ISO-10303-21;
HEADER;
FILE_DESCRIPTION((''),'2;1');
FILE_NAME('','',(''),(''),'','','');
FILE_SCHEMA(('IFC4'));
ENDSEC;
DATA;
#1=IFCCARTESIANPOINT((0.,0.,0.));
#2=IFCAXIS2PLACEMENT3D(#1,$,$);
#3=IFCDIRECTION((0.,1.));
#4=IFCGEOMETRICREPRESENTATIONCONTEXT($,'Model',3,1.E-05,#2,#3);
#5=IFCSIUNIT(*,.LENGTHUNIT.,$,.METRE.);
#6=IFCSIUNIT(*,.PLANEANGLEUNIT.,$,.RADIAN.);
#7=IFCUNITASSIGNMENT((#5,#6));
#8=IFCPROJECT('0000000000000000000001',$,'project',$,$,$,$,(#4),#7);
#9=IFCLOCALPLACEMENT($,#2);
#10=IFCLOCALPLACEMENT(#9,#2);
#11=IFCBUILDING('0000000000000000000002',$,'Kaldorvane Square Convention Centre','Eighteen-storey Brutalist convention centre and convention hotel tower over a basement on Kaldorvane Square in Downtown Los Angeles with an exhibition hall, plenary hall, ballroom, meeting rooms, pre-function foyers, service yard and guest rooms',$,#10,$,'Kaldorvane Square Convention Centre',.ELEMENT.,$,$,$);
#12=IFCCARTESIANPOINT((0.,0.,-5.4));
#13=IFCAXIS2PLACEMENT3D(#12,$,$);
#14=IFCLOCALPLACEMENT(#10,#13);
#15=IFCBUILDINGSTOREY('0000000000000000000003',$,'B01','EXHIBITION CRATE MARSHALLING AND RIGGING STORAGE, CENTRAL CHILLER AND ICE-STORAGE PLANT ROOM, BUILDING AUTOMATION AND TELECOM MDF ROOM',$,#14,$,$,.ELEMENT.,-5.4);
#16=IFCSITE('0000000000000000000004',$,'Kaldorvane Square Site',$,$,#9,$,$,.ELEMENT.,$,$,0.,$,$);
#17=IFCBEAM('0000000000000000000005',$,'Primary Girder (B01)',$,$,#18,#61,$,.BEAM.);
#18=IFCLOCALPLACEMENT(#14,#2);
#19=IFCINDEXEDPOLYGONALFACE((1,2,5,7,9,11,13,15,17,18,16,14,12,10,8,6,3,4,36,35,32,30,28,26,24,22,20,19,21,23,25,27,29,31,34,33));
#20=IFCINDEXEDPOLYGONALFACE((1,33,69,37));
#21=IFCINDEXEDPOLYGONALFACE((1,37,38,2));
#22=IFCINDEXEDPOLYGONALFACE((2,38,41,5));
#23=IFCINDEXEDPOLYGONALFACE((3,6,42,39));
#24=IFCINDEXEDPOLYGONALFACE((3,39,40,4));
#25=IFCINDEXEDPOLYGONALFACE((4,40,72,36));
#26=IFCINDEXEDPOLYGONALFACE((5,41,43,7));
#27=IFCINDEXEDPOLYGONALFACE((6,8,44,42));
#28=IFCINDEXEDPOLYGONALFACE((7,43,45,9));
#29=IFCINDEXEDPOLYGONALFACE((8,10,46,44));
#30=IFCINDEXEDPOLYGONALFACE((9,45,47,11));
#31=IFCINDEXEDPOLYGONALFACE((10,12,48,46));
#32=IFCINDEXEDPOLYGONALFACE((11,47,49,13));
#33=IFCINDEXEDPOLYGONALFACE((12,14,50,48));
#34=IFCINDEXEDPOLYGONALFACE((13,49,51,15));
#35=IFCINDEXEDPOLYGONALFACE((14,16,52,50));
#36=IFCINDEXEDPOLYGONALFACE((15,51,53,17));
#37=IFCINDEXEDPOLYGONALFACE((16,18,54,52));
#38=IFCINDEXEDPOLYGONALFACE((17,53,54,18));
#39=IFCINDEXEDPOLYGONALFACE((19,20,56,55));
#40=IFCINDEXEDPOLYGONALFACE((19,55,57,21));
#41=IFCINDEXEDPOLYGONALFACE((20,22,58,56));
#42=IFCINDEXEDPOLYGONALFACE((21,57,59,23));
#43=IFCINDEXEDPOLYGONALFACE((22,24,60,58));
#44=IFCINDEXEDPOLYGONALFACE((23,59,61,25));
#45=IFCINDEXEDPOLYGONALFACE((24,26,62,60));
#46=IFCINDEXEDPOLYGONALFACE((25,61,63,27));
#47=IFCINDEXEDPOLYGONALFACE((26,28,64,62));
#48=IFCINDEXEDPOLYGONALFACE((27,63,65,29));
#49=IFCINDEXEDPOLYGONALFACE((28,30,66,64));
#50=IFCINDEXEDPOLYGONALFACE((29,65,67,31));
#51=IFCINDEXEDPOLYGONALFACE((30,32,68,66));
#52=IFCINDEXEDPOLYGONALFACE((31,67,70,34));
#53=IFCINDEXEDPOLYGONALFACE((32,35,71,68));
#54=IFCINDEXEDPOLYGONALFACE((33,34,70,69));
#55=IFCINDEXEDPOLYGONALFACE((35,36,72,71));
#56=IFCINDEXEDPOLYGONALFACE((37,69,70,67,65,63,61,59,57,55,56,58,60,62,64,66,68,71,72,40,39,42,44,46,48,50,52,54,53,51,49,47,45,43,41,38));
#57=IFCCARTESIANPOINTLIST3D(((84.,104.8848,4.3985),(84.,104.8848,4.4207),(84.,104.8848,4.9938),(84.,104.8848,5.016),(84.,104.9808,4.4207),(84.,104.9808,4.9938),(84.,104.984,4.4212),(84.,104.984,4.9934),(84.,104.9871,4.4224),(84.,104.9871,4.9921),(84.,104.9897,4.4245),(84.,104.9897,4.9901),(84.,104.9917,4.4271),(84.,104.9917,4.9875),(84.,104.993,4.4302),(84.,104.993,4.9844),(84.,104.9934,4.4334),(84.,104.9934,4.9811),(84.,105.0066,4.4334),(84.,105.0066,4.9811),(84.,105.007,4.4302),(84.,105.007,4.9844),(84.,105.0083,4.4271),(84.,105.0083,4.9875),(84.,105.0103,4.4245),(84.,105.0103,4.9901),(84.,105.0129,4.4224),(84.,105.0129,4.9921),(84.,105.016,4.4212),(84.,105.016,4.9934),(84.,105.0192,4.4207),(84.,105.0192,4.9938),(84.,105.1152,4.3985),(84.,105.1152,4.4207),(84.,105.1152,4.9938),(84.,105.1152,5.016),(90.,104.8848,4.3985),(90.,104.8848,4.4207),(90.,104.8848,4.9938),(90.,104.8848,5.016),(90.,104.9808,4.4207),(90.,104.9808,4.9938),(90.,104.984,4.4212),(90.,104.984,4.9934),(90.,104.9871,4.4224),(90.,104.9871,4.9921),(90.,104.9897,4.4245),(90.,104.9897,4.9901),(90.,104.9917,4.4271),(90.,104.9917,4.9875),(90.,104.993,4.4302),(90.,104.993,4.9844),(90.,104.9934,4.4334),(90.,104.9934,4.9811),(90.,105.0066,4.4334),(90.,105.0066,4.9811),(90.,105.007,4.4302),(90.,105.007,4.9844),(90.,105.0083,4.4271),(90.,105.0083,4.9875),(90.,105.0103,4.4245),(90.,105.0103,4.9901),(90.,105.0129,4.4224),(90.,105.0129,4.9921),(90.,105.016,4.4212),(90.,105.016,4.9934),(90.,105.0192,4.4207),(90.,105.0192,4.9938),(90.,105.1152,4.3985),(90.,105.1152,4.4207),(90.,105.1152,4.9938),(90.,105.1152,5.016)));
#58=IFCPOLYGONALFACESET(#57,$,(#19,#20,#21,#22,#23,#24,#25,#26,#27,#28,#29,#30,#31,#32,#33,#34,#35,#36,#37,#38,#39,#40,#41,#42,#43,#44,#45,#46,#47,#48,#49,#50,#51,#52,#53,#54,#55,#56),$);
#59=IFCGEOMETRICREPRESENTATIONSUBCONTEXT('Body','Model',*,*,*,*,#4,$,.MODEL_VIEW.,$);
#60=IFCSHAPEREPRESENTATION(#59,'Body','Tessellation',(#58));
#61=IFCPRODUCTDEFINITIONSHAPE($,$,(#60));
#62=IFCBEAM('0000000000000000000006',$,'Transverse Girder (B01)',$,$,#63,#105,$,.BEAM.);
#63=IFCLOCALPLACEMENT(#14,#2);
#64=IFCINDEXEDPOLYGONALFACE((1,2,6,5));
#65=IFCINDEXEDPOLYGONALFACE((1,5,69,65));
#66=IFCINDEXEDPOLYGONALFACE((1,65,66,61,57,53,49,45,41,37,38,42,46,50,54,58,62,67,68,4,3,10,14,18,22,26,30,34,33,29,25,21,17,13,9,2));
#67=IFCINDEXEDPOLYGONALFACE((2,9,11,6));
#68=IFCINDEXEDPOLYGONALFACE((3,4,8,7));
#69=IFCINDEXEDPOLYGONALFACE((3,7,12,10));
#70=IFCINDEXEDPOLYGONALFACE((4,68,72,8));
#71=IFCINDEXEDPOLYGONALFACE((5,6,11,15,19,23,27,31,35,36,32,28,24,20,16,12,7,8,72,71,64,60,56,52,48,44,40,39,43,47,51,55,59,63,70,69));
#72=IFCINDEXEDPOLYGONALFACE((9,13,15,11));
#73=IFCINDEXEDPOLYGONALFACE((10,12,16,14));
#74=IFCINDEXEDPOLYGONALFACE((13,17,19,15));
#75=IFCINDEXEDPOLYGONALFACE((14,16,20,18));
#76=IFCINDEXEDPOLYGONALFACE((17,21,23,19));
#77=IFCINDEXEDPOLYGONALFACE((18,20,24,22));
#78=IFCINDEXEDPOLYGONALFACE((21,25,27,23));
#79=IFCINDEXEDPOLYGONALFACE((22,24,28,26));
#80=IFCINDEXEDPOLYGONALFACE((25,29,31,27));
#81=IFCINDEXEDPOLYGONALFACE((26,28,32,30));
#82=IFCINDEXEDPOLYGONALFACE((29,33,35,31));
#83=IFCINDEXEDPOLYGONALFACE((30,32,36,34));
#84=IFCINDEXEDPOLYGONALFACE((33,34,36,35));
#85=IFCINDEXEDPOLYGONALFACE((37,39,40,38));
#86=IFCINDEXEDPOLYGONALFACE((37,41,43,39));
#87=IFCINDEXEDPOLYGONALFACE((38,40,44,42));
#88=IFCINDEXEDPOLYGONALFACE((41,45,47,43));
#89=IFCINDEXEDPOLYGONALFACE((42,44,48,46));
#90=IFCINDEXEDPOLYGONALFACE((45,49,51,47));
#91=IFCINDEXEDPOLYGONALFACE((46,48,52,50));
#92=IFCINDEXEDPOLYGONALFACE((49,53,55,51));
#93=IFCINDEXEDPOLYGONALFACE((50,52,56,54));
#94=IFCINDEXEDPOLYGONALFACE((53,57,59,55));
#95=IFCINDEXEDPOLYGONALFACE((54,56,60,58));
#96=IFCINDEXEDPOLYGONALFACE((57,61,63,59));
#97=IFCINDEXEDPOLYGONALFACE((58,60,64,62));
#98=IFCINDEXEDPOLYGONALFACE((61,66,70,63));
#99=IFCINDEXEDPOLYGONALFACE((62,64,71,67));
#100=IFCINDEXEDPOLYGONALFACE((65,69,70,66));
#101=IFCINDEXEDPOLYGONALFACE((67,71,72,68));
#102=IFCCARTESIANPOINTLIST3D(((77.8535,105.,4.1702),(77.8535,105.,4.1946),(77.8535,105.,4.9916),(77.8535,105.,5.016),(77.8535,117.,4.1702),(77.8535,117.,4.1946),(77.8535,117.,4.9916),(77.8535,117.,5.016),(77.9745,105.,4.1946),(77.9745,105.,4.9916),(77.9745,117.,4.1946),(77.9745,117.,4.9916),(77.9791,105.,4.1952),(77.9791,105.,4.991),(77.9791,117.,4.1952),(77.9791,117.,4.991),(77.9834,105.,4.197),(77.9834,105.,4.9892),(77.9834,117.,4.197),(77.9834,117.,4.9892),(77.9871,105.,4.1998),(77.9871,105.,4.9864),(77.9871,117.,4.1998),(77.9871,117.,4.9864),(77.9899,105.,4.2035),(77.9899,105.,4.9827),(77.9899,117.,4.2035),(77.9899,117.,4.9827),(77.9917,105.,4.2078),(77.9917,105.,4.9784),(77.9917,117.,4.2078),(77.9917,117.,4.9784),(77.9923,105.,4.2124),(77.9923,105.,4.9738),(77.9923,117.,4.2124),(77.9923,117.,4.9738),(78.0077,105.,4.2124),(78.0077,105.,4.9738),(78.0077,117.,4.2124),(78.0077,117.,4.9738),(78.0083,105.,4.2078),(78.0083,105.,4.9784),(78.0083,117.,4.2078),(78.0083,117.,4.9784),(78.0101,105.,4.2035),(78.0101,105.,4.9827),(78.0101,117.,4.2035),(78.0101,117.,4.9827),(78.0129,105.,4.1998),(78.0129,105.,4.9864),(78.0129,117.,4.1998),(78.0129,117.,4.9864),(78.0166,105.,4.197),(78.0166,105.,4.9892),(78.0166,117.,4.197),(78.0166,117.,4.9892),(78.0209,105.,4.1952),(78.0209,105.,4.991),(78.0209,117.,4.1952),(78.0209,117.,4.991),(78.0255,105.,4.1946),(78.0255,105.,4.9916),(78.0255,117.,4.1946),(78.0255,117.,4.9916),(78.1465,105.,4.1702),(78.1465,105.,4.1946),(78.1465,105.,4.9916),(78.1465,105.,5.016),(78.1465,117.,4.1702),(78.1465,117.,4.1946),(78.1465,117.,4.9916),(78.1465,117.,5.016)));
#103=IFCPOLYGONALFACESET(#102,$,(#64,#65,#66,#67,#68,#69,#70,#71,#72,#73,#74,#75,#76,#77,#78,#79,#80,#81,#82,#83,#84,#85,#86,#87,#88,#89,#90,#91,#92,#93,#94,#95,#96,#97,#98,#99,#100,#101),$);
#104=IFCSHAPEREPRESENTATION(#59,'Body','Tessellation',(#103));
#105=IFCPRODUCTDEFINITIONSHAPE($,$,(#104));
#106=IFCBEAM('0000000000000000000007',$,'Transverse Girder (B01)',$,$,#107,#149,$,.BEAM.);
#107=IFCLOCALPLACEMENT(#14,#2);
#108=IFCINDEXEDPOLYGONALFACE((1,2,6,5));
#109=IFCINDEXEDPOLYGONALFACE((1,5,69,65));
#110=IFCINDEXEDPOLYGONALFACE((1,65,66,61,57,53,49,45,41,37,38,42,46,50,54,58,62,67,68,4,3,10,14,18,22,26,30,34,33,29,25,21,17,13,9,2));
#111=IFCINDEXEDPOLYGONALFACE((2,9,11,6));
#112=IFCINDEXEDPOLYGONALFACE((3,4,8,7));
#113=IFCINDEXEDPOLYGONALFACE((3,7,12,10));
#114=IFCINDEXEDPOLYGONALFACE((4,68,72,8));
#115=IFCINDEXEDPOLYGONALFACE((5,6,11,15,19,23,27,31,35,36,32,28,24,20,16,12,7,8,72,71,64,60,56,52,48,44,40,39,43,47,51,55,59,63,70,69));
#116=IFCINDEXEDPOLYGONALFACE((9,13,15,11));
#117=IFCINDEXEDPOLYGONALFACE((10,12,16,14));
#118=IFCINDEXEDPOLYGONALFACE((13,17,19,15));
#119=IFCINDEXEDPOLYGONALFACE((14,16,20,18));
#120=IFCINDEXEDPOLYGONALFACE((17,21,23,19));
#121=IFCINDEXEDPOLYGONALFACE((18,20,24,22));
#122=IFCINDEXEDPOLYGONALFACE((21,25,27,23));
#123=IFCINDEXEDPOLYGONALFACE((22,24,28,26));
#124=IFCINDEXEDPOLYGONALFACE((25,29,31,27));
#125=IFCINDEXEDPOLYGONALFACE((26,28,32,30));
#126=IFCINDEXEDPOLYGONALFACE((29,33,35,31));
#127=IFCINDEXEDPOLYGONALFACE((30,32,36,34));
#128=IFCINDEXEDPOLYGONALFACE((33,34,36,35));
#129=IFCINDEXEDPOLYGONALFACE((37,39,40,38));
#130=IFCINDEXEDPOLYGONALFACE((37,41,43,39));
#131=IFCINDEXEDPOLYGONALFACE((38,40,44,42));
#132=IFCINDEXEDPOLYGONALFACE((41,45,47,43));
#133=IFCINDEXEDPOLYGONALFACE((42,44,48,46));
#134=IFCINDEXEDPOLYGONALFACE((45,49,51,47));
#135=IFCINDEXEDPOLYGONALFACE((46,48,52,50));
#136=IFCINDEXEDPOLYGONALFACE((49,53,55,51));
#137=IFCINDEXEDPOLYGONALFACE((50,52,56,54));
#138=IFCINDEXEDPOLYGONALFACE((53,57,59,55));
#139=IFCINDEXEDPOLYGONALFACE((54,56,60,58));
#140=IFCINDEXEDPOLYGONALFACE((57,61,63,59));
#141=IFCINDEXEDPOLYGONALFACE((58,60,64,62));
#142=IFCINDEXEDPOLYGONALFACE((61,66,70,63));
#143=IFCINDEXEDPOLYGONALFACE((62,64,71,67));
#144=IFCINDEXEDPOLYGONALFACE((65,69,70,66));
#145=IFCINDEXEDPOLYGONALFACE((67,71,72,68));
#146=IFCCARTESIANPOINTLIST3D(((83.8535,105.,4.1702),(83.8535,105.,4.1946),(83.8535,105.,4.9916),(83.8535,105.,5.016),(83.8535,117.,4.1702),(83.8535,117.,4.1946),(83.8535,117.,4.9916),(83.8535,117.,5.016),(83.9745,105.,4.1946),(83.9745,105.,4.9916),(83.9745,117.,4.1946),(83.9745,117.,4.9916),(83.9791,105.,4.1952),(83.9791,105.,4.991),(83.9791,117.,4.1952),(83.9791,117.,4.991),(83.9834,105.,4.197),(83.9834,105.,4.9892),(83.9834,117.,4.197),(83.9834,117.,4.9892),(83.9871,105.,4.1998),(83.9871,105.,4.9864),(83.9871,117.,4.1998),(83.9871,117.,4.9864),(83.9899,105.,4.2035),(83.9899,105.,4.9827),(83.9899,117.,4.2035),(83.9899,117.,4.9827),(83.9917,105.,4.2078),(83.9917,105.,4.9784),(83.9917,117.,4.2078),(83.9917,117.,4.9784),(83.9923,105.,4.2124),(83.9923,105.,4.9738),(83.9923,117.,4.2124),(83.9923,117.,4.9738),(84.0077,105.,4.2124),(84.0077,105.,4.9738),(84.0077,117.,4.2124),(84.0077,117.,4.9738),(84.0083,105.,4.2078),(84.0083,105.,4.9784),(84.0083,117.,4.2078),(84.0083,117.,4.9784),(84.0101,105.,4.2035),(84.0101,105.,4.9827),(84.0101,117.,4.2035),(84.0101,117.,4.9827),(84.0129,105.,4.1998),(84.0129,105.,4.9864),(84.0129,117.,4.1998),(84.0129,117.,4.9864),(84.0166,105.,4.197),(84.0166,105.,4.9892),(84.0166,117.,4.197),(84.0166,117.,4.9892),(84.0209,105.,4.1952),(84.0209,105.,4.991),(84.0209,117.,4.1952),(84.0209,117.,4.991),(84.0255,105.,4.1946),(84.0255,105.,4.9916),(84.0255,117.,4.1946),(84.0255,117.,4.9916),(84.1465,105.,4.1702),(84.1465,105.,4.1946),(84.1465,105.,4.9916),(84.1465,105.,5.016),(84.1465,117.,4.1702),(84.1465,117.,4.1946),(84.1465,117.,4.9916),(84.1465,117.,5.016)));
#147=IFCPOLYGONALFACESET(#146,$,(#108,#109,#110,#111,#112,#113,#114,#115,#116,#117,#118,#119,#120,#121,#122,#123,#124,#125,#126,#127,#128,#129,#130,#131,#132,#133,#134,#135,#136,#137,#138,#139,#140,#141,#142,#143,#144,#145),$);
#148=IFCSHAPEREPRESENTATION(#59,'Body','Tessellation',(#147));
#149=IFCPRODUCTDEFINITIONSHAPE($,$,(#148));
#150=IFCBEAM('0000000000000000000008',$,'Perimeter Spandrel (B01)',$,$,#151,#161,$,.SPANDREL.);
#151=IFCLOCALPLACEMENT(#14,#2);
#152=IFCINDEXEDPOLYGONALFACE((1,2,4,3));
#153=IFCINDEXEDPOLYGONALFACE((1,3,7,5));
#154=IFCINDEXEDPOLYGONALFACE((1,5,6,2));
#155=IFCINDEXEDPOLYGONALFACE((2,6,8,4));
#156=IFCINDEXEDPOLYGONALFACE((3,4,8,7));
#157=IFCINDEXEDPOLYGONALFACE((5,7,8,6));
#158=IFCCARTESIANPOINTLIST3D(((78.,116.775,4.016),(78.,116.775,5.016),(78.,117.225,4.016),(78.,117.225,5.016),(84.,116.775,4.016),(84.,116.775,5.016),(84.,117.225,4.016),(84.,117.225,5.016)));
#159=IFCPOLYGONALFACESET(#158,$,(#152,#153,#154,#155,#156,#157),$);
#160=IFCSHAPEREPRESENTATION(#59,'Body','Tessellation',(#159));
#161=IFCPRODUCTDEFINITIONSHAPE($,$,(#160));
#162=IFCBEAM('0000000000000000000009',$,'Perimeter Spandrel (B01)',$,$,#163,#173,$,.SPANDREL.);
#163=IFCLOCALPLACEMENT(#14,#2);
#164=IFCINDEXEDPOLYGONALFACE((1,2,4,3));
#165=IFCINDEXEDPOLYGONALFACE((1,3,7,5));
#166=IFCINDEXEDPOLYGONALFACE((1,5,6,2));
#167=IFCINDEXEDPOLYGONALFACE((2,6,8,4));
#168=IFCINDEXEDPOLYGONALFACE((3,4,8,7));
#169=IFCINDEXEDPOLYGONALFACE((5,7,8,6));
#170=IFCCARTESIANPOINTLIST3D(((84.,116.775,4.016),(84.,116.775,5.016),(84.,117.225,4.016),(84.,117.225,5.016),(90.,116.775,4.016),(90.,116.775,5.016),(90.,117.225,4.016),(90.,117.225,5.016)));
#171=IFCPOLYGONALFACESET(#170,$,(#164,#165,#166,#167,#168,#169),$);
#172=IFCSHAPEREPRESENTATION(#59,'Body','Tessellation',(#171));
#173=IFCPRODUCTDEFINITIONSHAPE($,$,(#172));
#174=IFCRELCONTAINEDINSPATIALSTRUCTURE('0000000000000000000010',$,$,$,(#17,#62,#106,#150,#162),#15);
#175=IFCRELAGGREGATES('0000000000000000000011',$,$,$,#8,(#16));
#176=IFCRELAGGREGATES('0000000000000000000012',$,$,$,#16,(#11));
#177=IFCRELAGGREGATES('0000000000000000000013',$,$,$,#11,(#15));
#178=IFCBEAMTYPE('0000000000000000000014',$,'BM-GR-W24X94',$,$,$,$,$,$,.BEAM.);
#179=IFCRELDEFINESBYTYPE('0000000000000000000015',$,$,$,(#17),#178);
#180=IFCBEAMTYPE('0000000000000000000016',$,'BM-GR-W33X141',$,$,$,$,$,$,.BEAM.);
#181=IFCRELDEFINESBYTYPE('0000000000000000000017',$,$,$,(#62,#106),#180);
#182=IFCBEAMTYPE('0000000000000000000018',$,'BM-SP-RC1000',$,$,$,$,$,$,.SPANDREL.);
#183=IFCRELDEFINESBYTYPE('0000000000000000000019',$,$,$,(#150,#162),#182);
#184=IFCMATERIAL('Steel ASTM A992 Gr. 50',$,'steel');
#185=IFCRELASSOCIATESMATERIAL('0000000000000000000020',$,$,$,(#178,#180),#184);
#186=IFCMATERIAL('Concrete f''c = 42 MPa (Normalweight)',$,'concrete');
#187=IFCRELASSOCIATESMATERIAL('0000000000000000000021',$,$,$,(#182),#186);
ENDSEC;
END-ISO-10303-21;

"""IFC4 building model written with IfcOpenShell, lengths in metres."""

from ifc_helpers import new_model, si_unit, direction, frame, origin, origin_2d, place, context, subcontext, project, spatial, rectangle, i_section, extrude, material, material_profile, profile_set, type_object, element, save


model = new_model("IFC4")

# Units and contexts
model_context = context("Model", 3, precision=1e-05, world=origin(), true_north=direction((0.0, 1.0)))
body_context = subcontext(model_context, "Body", "Model", "MODEL_VIEW")
ifc_project = project(units=[si_unit("LENGTHUNIT", "METRE"), si_unit("PLANEANGLEUNIT", "RADIAN")], contexts=[model_context])

# Site, building, storey
site_placement = place(None, origin())
site = spatial("IfcSite", under=ifc_project, at=site_placement, Name="Kaldorvane Square Site", CompositionType="ELEMENT", RefElevation=0.0)
building_placement = place(site_placement, origin())
building = spatial("IfcBuilding", under=site, at=building_placement, Name="Kaldorvane Square Convention Centre", Description="Eighteen-storey Brutalist convention centre and convention hotel tower over a basement on Kaldorvane Square in Downtown Los Angeles with an exhibition hall, plenary hall, ballroom, meeting rooms, pre-function foyers, service yard and guest rooms", LongName="Kaldorvane Square Convention Centre", CompositionType="ELEMENT")
storey_placement = place(building_placement, frame((0.0, 0.0, -5.4)))
storey = spatial("IfcBuildingStorey", under=building, at=storey_placement, Name="B01", Description="EXHIBITION CRATE MARSHALLING AND RIGGING STORAGE, CENTRAL CHILLER AND ICE-STORAGE PLANT ROOM, BUILDING AUTOMATION AND TELECOM MDF ROOM", CompositionType="ELEMENT", Elevation=-5.4)

# Shared definitions
ifc_material_1 = material(Name="Concrete f'c = 42 MPa (Normalweight)", Category="concrete")

# Shared definitions
ifc_material_2 = material(Name="Steel ASTM A992 Gr. 50", Category="steel")

# Beams
ifc_material_profile_1 = material_profile(ifc_material_2, i_section(OverallWidth=0.2303, OverallDepth=0.6175, WebThickness=0.0131, FlangeThickness=0.0222, FilletRadius=0.0127, at=origin_2d()), Name="W24X94")
ifc_profile_set_1 = profile_set([ifc_material_profile_1], Name="Steel ASTM A992 Gr. 50")
beam_type_1 = type_object("IfcBeamType", Name="BM-GR-W24X94", PredefinedType="BEAM", material=ifc_profile_set_1)
beam_placement = place(storey_placement, frame((84.0, 105.0, 4.7073), z_axis=(1.0, 0.0, 0.0), x_axis=(0.0, 1.0, 0.0)))
element("IfcBeam", 1, at=beam_placement, inside=storey, type_object=beam_type_1, Name="Primary Girder (B01)", PredefinedType="BEAM", context=body_context, shape_type="SweptSolid", body=[
    extrude(i_section(OverallWidth=0.2303, OverallDepth=0.6175, WebThickness=0.0131, FlangeThickness=0.0222, FilletRadius=0.0127, at=origin_2d()), origin(), (0.0, 0.0, 1.0), 6.0),
])
ifc_material_profile_2 = material_profile(ifc_material_2, i_section(OverallWidth=0.293, OverallDepth=0.8458, WebThickness=0.0154, FlangeThickness=0.0244, FilletRadius=0.0178, at=origin_2d()), Name="W33X141")
ifc_profile_set_2 = profile_set([ifc_material_profile_2], Name="Steel ASTM A992 Gr. 50")
beam_type_2 = type_object("IfcBeamType", Name="BM-GR-W33X141", PredefinedType="BEAM", material=ifc_profile_set_2)
for number, where, z_axis, x_axis, name in (
    (2, (78.0, 105.0, 4.5931), (0.0, 1.0, 0.0), (-1.0, 0.0, 0.0), "Transverse Girder (B01)"),
    (3, (84.0, 105.0, 4.5931), (0.0, 1.0, 0.0), (-1.0, 0.0, 0.0), "Transverse Girder (B01)"),
):
    element("IfcBeam", number, at=place(storey_placement, frame(where, z_axis=z_axis, x_axis=x_axis)), inside=storey, type_object=beam_type_2, Name=name, PredefinedType="BEAM", context=body_context, shape_type="SweptSolid", body=[
        extrude(i_section(OverallWidth=0.293, OverallDepth=0.8458, WebThickness=0.0154, FlangeThickness=0.0244, FilletRadius=0.0178, at=origin_2d()), origin(), (0.0, 0.0, 1.0), 12.0),
    ])
ifc_material_profile_3 = material_profile(ifc_material_1, rectangle(XDim=0.45, YDim=1.0, at=origin_2d()), Name="RCSP1000X450")
ifc_profile_set_3 = profile_set([ifc_material_profile_3], Name="Concrete f'c = 42 MPa (Normalweight)")
beam_type_3 = type_object("IfcBeamType", Name="BM-SP-RC1000", PredefinedType="SPANDREL", material=ifc_profile_set_3)
for number, where, z_axis, x_axis, name in (
    (4, (78.0, 117.0, 4.516), (1.0, 0.0, 0.0), (0.0, 1.0, 0.0), "Perimeter Spandrel (B01)"),
    (5, (84.0, 117.0, 4.516), (1.0, 0.0, 0.0), (0.0, 1.0, 0.0), "Perimeter Spandrel (B01)"),
):
    element("IfcBeam", number, at=place(storey_placement, frame(where, z_axis=z_axis, x_axis=x_axis)), inside=storey, type_object=beam_type_3, Name=name, PredefinedType="SPANDREL", context=body_context, shape_type="SweptSolid", body=[
        extrude(rectangle(XDim=0.45, YDim=1.0, at=origin_2d()), origin(), (0.0, 0.0, 1.0), 6.0),
    ])

save(model, "model.ifc")
